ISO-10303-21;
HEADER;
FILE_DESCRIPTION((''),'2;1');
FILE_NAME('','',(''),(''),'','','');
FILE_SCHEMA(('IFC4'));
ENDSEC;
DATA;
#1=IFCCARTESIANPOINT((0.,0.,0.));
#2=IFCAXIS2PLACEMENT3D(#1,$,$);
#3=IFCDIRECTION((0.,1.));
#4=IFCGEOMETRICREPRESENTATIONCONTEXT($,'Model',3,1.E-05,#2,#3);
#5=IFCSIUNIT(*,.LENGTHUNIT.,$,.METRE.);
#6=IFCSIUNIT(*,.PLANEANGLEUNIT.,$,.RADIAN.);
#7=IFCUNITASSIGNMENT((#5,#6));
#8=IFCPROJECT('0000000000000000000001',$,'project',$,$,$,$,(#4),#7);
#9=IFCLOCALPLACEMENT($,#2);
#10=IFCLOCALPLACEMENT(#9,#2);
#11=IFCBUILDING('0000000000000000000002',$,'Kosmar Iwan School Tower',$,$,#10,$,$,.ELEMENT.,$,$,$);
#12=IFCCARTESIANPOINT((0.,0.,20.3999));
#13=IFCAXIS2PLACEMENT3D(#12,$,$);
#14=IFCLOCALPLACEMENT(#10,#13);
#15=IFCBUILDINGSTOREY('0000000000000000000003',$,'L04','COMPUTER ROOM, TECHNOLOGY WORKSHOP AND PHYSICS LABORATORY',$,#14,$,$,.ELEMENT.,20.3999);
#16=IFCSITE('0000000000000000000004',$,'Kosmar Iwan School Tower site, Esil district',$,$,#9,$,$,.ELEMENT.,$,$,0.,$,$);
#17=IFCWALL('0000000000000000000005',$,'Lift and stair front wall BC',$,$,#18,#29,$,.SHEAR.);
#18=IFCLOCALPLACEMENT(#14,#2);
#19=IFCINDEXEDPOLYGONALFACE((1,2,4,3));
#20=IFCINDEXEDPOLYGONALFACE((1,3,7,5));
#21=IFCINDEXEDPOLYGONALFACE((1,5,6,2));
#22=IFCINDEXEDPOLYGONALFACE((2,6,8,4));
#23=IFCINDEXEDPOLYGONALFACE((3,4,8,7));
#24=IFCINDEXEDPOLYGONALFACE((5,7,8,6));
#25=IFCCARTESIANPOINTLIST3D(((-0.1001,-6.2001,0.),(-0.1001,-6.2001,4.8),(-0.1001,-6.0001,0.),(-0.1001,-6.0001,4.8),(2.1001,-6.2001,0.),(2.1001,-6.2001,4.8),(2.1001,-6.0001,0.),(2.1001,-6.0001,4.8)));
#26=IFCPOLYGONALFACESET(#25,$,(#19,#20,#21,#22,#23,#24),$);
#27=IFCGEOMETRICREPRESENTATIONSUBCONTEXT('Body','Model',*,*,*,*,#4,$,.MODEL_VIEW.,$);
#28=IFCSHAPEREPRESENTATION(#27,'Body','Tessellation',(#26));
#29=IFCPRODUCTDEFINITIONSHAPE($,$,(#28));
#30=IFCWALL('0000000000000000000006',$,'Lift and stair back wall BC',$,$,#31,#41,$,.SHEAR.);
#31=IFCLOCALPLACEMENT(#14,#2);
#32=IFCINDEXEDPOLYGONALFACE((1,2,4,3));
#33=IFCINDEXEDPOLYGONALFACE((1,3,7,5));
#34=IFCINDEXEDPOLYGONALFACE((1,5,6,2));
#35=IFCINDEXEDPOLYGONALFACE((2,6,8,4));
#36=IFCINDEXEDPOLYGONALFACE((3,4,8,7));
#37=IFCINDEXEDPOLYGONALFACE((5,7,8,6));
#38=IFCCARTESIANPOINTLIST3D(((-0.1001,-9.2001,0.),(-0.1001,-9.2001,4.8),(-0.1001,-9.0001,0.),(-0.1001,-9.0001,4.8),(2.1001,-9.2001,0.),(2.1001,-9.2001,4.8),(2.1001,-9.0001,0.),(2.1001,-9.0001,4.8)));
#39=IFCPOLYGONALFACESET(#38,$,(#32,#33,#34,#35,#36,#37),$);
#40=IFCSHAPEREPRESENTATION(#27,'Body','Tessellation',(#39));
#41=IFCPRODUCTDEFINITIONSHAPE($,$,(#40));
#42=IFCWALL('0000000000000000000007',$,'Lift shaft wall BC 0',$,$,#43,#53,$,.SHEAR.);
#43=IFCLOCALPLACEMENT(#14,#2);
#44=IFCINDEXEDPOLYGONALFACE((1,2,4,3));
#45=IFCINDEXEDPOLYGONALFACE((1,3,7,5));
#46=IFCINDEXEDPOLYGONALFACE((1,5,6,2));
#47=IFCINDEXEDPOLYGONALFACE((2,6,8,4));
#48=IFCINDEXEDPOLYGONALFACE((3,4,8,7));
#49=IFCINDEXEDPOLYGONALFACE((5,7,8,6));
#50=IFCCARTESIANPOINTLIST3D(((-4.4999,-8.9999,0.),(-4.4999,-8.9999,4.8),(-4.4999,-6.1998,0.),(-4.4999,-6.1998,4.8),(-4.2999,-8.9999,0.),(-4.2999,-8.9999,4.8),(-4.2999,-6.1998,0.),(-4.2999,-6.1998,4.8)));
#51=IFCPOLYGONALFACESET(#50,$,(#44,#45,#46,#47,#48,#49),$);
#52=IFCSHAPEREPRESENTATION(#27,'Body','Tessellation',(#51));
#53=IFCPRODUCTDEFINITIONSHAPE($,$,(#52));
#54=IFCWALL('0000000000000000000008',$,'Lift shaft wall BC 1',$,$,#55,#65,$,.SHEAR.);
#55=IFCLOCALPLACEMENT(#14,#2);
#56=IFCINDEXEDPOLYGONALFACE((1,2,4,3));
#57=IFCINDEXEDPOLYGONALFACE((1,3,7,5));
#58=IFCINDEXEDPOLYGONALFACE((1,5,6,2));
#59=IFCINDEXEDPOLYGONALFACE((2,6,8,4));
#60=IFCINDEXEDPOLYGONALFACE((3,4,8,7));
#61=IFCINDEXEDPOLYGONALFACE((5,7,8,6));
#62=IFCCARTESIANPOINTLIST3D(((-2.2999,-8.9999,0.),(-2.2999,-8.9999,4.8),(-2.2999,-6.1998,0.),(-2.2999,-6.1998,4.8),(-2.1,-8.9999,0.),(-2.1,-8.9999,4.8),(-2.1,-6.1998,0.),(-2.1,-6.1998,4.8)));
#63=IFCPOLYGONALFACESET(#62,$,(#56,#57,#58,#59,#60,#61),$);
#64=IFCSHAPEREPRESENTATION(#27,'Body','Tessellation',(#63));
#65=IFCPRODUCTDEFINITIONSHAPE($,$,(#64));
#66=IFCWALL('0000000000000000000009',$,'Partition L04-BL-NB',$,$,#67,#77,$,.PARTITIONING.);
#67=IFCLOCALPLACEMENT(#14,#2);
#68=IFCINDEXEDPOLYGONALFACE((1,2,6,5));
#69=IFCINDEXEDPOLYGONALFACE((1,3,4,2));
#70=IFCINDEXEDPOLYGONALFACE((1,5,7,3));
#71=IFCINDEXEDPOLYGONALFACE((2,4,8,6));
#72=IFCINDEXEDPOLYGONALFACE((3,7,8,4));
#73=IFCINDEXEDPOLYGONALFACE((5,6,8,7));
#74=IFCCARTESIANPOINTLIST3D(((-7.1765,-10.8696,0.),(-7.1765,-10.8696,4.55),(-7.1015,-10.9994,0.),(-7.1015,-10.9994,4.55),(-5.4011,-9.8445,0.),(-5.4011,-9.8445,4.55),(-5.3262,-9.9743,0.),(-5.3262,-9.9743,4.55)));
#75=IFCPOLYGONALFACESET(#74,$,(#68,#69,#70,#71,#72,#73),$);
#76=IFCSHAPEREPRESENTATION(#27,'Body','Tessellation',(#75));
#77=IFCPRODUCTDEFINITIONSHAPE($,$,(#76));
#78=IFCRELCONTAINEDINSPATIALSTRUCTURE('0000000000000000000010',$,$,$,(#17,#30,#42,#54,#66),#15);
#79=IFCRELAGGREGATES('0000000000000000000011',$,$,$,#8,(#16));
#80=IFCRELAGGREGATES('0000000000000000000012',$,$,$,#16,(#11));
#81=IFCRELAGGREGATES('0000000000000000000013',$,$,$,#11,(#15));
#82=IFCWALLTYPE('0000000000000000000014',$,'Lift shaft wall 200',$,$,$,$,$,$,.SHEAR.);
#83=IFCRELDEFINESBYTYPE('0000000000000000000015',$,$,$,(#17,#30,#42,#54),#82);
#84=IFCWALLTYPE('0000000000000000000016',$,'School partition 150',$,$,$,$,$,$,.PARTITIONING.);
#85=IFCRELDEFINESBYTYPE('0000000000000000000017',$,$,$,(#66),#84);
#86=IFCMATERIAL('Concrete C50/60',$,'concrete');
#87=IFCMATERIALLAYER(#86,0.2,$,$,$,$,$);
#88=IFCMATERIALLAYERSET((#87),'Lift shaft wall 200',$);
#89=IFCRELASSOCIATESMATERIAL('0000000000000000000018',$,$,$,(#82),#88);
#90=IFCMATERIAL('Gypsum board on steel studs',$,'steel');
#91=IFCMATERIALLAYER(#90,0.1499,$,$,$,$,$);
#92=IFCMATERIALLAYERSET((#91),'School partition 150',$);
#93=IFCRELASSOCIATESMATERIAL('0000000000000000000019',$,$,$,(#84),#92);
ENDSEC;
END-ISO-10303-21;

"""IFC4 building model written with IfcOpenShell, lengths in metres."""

from ifc_helpers import new_model, si_unit, direction, frame, frame_2d, origin, place, context, subcontext, project, spatial, rectangle, extrude, material, layer, layer_set, type_object, element, save


model = new_model("IFC4")

# Units and contexts
model_context = context("Model", 3, precision=1e-05, world=origin(), true_north=direction((0.0, 1.0)))
body_context = subcontext(model_context, "Body", "Model", "MODEL_VIEW")
ifc_project = project(units=[si_unit("LENGTHUNIT", "METRE"), si_unit("PLANEANGLEUNIT", "RADIAN")], contexts=[model_context])

# Site, building, storey
site_placement = place(None, origin())
site = spatial("IfcSite", under=ifc_project, at=site_placement, Name="Kosmar Iwan School Tower site, Esil district", CompositionType="ELEMENT", RefElevation=0.0)
building_placement = place(site_placement, origin())
building = spatial("IfcBuilding", under=site, at=building_placement, Name="Kosmar Iwan School Tower", CompositionType="ELEMENT")
storey_placement = place(building_placement, frame((0.0, 0.0, 20.3999)))
storey = spatial("IfcBuildingStorey", under=building, at=storey_placement, Name="L04", Description="COMPUTER ROOM, TECHNOLOGY WORKSHOP AND PHYSICS LABORATORY", CompositionType="ELEMENT", Elevation=20.3999)

# Walls
ifc_material_1 = material(Name="Concrete C50/60", Category="concrete")
ifc_layer_1 = layer(ifc_material_1, 0.2)
ifc_layer_set_1 = layer_set([ifc_layer_1], Name="Lift shaft wall 200")
wall_type_1 = type_object("IfcWallType", Name="Lift shaft wall 200", PredefinedType="SHEAR", material=ifc_layer_set_1)
for number, where, z_axis, x_axis, name in (
    (1, (-0.1001, -6.1001, 0.0), (0.0, 0.0, 1.0), (1.0, 0.0, 0.0), "Lift and stair front wall BC"),
    (2, (-0.1001, -9.1001, 0.0), (0.0, 0.0, 1.0), (1.0, 0.0, 0.0), "Lift and stair back wall BC"),
):
    element("IfcWall", number, at=place(storey_placement, frame(where, z_axis=z_axis, x_axis=x_axis)), inside=storey, type_object=wall_type_1, Name=name, PredefinedType="SHEAR", context=body_context, shape_type="SweptSolid", body=[
        extrude(rectangle(XDim=2.2002, YDim=0.2, at=frame_2d((1.1001, 0.0))), origin(), (0.0, 0.0, 1.0), 4.8),
    ])
for number, where, z_axis, x_axis, name in (
    (3, (-4.3999, -6.2, 0.0), (0.0, 0.0, 1.0), (0.0, -1.0, 0.0), "Lift shaft wall BC 0"),
    (4, (-2.2, -6.2, 0.0), (0.0, 0.0, 1.0), (0.0, -1.0, 0.0), "Lift shaft wall BC 1"),
):
    element("IfcWall", number, at=place(storey_placement, frame(where, z_axis=z_axis, x_axis=x_axis)), inside=storey, type_object=wall_type_1, Name=name, PredefinedType="SHEAR", context=body_context, shape_type="SweptSolid", body=[
        extrude(rectangle(XDim=2.8, YDim=0.2, at=frame_2d((1.3999, 0.0))), origin(), (0.0, 0.0, 1.0), 4.8),
    ])
ifc_material_2 = material(Name="Gypsum board on steel studs", Category="steel")
ifc_layer_2 = layer(ifc_material_2, 0.1499)
ifc_layer_set_2 = layer_set([ifc_layer_2], Name="School partition 150")
wall_type_2 = type_object("IfcWallType", Name="School partition 150", PredefinedType="PARTITIONING", material=ifc_layer_set_2)
wall_1_placement = place(storey_placement, frame((-5.3638, -9.9094, 0.0), z_axis=(0.0, 0.0, 1.0), x_axis=(-0.865999, -0.500045, 0.0)))
element("IfcWall", 5, at=wall_1_placement, inside=storey, type_object=wall_type_2, Name="Partition L04-BL-NB", PredefinedType="PARTITIONING", context=body_context, shape_type="SweptSolid", body=[
    extrude(rectangle(XDim=2.05, YDim=0.1499, at=frame_2d((1.0249, 0.0))), origin(), (0.0, 0.0, 1.0), 4.55),
])

save(model, "model.ifc")
